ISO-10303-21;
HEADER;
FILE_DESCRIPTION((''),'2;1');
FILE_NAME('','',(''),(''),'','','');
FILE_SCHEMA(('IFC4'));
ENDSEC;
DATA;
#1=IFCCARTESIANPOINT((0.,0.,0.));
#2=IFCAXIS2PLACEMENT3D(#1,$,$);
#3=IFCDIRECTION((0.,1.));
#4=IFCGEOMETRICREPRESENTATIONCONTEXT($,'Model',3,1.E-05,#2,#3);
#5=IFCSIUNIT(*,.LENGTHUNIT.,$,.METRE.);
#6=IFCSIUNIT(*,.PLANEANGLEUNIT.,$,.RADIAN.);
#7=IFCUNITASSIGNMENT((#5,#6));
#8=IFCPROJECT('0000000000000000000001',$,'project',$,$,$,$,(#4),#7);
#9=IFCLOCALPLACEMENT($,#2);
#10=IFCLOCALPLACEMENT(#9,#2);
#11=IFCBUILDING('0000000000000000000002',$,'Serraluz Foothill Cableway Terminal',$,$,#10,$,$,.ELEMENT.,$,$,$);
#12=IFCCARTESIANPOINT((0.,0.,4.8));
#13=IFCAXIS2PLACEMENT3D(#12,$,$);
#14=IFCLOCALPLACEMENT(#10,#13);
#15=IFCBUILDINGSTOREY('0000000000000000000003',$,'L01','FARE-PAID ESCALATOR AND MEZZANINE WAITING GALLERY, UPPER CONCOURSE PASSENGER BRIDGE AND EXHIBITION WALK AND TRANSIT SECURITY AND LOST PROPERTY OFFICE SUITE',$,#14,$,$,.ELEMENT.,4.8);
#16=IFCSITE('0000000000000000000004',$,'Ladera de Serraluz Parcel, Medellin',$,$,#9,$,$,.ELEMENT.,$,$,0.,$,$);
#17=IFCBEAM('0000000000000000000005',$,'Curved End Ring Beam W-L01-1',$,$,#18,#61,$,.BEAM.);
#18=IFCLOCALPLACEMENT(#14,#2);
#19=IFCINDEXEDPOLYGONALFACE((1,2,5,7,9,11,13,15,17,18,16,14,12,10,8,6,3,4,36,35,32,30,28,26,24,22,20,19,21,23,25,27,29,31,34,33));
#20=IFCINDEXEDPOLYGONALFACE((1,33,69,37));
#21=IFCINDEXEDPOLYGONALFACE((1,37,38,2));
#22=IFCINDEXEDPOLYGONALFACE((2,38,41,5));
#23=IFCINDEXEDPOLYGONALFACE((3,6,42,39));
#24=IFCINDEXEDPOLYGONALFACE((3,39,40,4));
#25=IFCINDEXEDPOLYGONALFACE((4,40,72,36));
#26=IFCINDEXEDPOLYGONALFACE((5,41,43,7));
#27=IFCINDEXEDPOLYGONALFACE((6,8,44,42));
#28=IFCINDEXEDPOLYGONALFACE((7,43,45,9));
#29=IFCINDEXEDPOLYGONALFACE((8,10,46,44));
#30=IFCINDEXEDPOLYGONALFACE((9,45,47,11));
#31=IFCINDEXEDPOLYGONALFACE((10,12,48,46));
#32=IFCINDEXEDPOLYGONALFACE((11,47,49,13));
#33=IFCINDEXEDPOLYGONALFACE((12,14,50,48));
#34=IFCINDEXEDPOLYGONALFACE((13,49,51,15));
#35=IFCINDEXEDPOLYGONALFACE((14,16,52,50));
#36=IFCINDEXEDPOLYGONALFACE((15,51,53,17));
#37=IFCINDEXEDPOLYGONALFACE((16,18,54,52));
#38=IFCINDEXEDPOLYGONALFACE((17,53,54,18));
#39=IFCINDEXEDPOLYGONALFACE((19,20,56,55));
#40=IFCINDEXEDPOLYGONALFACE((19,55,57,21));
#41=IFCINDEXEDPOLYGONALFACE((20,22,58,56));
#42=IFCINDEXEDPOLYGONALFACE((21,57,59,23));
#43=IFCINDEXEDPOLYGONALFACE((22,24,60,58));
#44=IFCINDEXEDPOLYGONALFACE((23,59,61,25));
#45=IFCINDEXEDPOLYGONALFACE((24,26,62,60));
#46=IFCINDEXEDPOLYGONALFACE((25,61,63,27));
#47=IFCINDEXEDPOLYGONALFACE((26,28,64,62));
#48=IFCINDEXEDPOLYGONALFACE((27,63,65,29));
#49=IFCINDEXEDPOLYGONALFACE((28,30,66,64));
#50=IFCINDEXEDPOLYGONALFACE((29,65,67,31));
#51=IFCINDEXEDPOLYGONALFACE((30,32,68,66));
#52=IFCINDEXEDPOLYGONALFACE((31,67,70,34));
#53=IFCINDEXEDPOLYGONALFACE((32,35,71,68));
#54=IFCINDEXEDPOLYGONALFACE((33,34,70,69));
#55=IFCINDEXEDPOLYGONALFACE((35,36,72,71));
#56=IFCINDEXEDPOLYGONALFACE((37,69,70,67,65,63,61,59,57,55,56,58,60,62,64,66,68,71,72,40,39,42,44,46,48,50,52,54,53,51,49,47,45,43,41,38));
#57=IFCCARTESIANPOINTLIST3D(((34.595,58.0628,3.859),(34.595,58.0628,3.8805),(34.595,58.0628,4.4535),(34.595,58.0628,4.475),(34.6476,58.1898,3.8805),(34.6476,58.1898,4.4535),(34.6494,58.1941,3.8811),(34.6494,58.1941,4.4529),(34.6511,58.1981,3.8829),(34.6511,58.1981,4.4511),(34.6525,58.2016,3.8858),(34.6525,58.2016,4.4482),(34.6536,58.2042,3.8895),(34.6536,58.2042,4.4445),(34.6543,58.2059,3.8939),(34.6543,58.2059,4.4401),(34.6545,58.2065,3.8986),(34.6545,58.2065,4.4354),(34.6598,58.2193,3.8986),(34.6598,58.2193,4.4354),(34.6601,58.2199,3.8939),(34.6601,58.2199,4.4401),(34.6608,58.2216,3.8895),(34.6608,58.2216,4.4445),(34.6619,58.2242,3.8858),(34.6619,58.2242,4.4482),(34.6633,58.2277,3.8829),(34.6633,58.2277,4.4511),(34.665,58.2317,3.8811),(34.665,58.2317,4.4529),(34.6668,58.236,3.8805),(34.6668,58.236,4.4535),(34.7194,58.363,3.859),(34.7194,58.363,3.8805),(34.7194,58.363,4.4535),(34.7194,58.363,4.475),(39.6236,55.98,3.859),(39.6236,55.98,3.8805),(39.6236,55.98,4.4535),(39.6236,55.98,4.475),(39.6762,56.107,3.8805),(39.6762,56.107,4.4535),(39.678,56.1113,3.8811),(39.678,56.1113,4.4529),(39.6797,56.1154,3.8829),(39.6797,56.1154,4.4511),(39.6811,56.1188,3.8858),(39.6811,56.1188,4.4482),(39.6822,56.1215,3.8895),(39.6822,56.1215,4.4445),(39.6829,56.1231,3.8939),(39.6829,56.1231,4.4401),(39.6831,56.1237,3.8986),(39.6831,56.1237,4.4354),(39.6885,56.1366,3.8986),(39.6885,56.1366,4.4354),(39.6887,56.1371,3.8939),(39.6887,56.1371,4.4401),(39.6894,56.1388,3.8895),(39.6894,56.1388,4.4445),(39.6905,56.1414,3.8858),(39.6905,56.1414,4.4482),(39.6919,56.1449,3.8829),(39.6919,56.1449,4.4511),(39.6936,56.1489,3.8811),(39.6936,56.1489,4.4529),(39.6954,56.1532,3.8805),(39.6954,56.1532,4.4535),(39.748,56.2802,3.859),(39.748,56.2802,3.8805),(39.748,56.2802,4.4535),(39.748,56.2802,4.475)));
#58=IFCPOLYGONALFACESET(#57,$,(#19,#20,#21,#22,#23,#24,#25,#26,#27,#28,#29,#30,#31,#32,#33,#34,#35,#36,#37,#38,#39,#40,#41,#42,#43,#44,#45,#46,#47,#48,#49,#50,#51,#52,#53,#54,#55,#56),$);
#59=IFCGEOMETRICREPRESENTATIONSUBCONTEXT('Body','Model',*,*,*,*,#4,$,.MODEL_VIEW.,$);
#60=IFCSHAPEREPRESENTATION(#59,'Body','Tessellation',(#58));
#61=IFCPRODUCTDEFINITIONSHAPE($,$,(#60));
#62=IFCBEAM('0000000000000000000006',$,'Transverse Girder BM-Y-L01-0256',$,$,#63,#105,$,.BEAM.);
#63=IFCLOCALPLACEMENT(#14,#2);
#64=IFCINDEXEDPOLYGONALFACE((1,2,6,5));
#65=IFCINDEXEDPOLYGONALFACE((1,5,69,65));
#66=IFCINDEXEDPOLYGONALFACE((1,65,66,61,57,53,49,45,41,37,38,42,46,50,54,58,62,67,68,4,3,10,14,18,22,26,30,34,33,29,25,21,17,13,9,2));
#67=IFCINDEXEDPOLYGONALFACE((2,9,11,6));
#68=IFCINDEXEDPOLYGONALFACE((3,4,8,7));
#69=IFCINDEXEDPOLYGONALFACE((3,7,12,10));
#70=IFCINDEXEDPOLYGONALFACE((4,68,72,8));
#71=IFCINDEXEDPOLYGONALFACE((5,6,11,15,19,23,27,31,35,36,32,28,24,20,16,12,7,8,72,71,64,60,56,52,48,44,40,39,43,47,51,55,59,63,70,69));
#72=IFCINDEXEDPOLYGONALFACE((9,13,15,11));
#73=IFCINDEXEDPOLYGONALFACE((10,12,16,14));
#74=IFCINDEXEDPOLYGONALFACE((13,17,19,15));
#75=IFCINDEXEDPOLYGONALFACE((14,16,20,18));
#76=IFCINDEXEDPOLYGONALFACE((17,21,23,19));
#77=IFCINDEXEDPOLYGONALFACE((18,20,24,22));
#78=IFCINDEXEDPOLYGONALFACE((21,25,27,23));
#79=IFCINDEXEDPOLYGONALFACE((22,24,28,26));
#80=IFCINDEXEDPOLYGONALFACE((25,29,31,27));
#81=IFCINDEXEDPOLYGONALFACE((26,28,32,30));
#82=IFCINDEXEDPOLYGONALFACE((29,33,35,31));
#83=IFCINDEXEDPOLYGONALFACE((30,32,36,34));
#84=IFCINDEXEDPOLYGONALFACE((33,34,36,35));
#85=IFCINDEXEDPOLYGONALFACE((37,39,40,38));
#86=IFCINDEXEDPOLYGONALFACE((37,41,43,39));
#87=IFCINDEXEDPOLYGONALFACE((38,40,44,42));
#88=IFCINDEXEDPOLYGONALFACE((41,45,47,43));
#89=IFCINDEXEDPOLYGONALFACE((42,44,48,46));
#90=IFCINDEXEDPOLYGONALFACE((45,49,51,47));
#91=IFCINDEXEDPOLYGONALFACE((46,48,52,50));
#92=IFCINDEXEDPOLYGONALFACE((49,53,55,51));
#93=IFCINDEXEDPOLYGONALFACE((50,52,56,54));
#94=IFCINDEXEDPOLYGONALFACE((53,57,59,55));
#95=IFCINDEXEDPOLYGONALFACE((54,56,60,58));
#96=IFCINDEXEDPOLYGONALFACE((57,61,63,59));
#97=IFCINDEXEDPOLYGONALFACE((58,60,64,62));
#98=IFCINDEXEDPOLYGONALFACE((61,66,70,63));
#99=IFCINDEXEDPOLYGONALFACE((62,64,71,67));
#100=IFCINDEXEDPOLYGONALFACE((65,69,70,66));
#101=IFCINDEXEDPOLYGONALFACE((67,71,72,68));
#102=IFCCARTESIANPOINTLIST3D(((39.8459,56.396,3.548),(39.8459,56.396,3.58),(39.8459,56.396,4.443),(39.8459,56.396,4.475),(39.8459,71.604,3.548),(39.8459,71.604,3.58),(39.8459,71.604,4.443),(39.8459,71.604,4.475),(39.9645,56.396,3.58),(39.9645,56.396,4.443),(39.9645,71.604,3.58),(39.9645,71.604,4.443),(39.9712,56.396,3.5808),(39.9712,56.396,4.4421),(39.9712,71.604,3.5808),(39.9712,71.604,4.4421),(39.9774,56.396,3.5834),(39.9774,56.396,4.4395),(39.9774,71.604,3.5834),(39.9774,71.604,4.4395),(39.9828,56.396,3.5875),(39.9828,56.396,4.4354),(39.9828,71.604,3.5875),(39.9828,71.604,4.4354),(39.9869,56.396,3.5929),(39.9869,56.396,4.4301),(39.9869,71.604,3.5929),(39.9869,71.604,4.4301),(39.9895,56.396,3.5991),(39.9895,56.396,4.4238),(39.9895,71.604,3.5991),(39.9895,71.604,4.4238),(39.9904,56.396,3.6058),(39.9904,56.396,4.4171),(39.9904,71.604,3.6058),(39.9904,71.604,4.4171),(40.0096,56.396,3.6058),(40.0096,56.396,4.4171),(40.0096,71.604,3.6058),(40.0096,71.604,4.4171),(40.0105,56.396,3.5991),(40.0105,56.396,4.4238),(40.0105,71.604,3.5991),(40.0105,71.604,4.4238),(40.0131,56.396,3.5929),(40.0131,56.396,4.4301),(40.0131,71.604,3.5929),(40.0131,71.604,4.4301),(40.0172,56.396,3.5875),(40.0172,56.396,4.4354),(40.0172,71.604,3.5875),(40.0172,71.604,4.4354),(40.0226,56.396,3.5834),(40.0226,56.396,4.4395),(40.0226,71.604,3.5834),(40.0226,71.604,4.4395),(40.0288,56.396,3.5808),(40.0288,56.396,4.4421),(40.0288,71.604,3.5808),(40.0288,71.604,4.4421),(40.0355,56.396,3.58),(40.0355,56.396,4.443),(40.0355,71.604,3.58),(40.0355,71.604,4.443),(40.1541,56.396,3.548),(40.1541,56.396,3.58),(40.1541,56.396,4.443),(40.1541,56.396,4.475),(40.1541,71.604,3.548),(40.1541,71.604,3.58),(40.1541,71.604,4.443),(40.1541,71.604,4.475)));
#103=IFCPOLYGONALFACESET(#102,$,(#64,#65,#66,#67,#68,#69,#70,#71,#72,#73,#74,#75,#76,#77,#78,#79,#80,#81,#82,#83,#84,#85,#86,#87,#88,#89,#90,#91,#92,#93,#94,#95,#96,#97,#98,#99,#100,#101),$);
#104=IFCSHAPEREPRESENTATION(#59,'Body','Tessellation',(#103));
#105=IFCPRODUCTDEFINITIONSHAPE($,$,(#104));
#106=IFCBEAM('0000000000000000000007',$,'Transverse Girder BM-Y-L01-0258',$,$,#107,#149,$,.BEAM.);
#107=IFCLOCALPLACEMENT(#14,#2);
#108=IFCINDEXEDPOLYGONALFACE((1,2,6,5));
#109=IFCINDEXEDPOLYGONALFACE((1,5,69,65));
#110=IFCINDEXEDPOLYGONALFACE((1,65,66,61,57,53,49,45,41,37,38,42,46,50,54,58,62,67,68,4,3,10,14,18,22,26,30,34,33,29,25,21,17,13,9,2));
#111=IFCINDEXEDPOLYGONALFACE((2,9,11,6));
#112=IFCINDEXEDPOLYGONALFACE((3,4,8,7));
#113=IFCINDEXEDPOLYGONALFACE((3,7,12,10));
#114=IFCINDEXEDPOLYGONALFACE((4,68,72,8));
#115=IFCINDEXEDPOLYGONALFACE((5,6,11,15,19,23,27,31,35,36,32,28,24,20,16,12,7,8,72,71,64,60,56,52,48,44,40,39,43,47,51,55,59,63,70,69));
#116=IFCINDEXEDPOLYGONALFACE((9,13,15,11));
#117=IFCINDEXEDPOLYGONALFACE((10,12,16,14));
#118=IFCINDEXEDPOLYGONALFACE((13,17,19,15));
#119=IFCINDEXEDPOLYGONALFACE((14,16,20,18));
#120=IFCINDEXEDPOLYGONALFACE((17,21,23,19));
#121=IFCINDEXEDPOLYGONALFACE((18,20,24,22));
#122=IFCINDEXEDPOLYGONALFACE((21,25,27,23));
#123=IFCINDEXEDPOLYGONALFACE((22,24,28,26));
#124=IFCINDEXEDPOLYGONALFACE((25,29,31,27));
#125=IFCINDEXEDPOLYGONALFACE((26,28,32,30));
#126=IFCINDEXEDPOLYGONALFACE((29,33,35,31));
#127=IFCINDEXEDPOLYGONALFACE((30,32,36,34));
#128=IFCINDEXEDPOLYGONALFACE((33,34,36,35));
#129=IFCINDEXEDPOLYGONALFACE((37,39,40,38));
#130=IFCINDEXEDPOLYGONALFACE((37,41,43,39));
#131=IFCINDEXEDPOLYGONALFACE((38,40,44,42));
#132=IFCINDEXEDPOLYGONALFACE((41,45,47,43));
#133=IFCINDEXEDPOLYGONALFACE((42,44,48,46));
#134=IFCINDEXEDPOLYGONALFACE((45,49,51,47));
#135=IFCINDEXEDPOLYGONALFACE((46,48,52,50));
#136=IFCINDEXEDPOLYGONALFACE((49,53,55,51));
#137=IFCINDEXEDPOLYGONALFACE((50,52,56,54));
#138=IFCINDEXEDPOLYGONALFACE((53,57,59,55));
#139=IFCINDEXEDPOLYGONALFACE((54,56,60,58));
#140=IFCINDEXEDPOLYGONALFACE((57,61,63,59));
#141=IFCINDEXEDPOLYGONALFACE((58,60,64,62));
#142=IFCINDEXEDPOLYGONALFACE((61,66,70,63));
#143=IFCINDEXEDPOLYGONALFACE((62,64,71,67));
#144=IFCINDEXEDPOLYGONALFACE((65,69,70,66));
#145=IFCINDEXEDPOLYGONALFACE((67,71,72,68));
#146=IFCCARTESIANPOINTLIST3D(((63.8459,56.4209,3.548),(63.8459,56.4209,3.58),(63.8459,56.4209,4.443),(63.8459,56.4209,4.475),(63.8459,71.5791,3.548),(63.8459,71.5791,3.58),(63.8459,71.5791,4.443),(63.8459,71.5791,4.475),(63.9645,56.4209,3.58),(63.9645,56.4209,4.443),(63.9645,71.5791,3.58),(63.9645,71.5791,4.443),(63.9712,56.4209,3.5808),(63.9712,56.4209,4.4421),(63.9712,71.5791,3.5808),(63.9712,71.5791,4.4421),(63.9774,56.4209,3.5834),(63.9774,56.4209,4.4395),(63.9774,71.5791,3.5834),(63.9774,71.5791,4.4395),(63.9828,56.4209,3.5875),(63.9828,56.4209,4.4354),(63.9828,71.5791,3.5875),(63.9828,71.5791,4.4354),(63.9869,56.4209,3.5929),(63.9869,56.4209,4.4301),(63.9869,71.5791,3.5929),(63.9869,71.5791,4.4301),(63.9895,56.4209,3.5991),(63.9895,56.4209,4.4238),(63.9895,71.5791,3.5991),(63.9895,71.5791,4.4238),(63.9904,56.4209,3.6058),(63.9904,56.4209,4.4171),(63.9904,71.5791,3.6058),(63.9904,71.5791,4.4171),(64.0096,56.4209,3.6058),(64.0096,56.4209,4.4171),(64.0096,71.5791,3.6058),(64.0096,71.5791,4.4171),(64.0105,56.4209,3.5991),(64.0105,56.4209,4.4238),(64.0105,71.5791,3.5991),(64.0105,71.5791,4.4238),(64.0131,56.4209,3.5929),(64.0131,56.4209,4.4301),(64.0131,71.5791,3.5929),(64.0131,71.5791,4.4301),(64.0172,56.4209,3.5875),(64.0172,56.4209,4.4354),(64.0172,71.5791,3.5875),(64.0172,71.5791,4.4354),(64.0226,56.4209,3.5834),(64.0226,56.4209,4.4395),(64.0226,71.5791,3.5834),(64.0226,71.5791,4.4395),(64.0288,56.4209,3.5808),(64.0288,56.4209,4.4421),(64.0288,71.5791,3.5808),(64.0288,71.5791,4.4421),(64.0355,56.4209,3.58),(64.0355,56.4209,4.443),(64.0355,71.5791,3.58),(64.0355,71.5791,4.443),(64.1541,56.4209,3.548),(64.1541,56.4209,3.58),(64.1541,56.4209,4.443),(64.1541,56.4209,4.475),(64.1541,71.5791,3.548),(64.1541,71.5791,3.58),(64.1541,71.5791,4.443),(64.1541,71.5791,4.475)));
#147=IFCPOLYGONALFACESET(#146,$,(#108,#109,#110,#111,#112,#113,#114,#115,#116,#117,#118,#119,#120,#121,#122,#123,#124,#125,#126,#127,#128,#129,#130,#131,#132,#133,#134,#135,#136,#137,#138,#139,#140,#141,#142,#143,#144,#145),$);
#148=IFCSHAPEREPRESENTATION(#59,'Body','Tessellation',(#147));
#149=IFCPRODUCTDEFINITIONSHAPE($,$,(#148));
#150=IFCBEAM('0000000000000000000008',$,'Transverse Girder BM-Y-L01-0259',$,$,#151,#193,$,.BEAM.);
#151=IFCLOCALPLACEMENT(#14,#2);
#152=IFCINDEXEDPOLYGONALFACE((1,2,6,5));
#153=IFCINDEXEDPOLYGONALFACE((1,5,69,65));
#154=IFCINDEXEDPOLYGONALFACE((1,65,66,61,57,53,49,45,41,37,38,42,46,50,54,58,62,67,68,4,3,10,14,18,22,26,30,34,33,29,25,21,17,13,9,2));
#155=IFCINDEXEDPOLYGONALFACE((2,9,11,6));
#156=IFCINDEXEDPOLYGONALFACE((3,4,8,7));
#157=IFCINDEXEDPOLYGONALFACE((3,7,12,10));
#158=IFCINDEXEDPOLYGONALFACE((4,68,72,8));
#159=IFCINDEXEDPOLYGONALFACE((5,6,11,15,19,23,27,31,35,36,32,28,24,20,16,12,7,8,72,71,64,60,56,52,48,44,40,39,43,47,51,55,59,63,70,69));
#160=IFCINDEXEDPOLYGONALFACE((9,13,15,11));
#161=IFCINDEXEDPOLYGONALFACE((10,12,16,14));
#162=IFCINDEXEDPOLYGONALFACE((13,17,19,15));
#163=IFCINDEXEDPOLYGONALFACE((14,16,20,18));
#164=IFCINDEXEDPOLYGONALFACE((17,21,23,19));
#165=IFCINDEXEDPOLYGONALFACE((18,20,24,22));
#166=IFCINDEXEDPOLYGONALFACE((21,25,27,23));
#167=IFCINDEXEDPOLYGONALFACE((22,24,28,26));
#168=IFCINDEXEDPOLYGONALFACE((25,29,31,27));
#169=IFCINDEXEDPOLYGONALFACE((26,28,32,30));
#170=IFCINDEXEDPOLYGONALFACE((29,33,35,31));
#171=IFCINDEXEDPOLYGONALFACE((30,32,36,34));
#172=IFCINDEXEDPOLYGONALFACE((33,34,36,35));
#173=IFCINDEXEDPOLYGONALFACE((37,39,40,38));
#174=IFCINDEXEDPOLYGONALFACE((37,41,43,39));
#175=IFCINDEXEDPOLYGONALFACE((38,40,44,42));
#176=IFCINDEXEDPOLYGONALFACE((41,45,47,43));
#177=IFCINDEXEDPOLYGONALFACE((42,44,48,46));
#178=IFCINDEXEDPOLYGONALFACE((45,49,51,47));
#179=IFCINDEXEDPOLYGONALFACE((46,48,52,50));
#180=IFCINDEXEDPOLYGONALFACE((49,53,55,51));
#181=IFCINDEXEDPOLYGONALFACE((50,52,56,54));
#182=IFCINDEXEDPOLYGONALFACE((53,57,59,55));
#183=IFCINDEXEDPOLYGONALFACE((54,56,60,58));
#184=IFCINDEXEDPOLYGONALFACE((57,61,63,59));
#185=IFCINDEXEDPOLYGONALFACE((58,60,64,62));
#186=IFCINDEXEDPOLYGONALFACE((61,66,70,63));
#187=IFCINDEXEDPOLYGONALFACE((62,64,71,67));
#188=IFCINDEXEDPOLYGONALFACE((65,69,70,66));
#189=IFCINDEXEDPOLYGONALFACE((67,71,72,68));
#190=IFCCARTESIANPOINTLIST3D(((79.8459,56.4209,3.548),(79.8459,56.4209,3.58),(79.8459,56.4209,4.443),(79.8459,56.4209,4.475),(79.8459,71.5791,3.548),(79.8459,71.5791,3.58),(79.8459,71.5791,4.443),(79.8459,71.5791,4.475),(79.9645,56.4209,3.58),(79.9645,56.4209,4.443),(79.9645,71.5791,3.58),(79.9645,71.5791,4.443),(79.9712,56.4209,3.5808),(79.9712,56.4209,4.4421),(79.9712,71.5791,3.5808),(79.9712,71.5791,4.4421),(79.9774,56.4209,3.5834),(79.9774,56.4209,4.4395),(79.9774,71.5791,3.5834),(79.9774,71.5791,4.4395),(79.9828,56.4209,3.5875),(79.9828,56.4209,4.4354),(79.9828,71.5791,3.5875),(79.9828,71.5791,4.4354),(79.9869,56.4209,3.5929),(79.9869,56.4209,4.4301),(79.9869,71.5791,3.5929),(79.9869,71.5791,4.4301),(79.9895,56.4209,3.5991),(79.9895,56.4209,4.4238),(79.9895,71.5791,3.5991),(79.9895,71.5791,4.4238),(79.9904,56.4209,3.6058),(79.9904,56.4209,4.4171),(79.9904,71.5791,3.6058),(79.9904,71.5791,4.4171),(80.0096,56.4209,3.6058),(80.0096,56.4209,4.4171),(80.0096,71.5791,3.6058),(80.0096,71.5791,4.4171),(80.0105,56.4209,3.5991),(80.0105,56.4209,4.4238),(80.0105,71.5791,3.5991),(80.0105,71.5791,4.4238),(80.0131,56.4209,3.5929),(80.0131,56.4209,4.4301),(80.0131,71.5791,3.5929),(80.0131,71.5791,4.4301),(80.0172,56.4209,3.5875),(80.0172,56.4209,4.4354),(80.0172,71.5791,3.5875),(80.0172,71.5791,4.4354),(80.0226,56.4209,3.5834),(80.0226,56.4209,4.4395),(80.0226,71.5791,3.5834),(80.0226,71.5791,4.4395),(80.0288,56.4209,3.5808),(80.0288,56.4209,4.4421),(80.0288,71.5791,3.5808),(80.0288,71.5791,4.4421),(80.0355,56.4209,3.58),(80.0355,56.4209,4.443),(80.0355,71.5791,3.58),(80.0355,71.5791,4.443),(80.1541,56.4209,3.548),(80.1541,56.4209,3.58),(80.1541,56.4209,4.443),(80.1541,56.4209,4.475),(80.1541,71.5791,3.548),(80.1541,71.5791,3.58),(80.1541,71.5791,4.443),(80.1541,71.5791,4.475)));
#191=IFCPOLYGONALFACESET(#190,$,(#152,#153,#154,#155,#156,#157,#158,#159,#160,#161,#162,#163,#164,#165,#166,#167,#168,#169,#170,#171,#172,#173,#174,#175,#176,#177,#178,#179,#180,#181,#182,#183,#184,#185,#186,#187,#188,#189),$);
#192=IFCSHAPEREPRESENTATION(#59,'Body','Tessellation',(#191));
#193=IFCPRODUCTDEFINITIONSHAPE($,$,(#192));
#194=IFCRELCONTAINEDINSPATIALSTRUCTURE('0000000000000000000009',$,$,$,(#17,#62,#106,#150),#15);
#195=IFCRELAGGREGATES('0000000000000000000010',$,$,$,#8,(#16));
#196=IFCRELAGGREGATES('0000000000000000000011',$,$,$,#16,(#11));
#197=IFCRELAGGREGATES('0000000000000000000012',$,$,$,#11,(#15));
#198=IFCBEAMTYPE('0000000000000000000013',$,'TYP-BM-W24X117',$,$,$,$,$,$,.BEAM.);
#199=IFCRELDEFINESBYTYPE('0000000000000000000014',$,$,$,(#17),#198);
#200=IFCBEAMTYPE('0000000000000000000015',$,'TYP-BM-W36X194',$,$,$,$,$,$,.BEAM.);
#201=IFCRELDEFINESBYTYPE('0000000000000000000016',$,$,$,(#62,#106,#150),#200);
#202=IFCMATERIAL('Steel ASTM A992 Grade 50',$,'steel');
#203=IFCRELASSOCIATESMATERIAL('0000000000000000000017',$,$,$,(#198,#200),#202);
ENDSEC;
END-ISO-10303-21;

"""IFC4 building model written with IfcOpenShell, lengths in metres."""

from ifc_helpers import new_model, si_unit, direction, frame, origin, origin_2d, place, context, subcontext, project, spatial, i_section, extrude, material, material_profile, profile_set, type_object, element, save


model = new_model("IFC4")

# Units and contexts
model_context = context("Model", 3, precision=1e-05, world=origin(), true_north=direction((0.0, 1.0)))
body_context = subcontext(model_context, "Body", "Model", "MODEL_VIEW")
ifc_project = project(units=[si_unit("LENGTHUNIT", "METRE"), si_unit("PLANEANGLEUNIT", "RADIAN")], contexts=[model_context])

# Site, building, storey
site_placement = place(None, origin())
site = spatial("IfcSite", under=ifc_project, at=site_placement, Name="Ladera de Serraluz Parcel, Medellin", CompositionType="ELEMENT", RefElevation=0.0)
building_placement = place(site_placement, origin())
building = spatial("IfcBuilding", under=site, at=building_placement, Name="Serraluz Foothill Cableway Terminal", CompositionType="ELEMENT")
storey_placement = place(building_placement, frame((0.0, 0.0, 4.8)))
storey = spatial("IfcBuildingStorey", under=building, at=storey_placement, Name="L01", Description="FARE-PAID ESCALATOR AND MEZZANINE WAITING GALLERY, UPPER CONCOURSE PASSENGER BRIDGE AND EXHIBITION WALK AND TRANSIT SECURITY AND LOST PROPERTY OFFICE SUITE", CompositionType="ELEMENT", Elevation=4.8)

# Beams
ifc_material_1 = material(Name="Steel ASTM A992 Grade 50", Category="steel")
ifc_material_profile_1 = material_profile(ifc_material_1, i_section(OverallWidth=0.325, OverallDepth=0.616, WebThickness=0.0139, FlangeThickness=0.0215, FilletRadius=0.0181, at=origin_2d()), Name="W24X117")
ifc_profile_set_1 = profile_set([ifc_material_profile_1], Name="Steel ASTM A992 Grade 50")
beam_type_1 = type_object("IfcBeamType", Name="TYP-BM-W24X117", PredefinedType="BEAM", material=ifc_profile_set_1)
beam_1_placement = place(storey_placement, frame((39.6858, 56.1301, 4.167), z_axis=(-0.923888, 0.382662, 0.0), x_axis=(-0.382662, -0.923888, 0.0)))
element("IfcBeam", 1, at=beam_1_placement, inside=storey, type_object=beam_type_1, Name="Curved End Ring Beam W-L01-1", PredefinedType="BEAM", context=body_context, shape_type="SweptSolid", body=[
    extrude(i_section(OverallWidth=0.325, OverallDepth=0.616, WebThickness=0.0139, FlangeThickness=0.0215, FilletRadius=0.0181, at=origin_2d()), origin(), (0.0, 0.0, 1.0), 5.4429),
])
ifc_material_profile_2 = material_profile(ifc_material_1, i_section(OverallWidth=0.3081, OverallDepth=0.927, WebThickness=0.0193, FlangeThickness=0.032, FilletRadius=0.0259, at=origin_2d()), Name="W36X194")
ifc_profile_set_2 = profile_set([ifc_material_profile_2], Name="Steel ASTM A992 Grade 50")
beam_type_2 = type_object("IfcBeamType", Name="TYP-BM-W36X194", PredefinedType="BEAM", material=ifc_profile_set_2)
beam_2_placement = place(storey_placement, frame((40.0, 56.396, 4.0115), z_axis=(0.0, 1.0, 0.0), x_axis=(-1.0, 0.0, 0.0)))
element("IfcBeam", 2, at=beam_2_placement, inside=storey, type_object=beam_type_2, Name="Transverse Girder BM-Y-L01-0256", PredefinedType="BEAM", context=body_context, shape_type="SweptSolid", body=[
    extrude(i_section(OverallWidth=0.3081, OverallDepth=0.927, WebThickness=0.0193, FlangeThickness=0.032, FilletRadius=0.0259, at=origin_2d()), origin(), (0.0, 0.0, 1.0), 15.208),
])
for number, where, z_axis, x_axis, name in (
    (3, (64.0, 56.4209, 4.0115), (0.0, 1.0, 0.0), (-1.0, 0.0, 0.0), "Transverse Girder BM-Y-L01-0258"),
    (4, (80.0, 56.4209, 4.0115), (0.0, 1.0, 0.0), (-1.0, 0.0, 0.0), "Transverse Girder BM-Y-L01-0259"),
):
    element("IfcBeam", number, at=place(storey_placement, frame(where, z_axis=z_axis, x_axis=x_axis)), inside=storey, type_object=beam_type_2, Name=name, PredefinedType="BEAM", context=body_context, shape_type="SweptSolid", body=[
        extrude(i_section(OverallWidth=0.3081, OverallDepth=0.927, WebThickness=0.0193, FlangeThickness=0.032, FilletRadius=0.0259, at=origin_2d()), origin(), (0.0, 0.0, 1.0), 15.1582),
    ])

save(model, "model.ifc")
